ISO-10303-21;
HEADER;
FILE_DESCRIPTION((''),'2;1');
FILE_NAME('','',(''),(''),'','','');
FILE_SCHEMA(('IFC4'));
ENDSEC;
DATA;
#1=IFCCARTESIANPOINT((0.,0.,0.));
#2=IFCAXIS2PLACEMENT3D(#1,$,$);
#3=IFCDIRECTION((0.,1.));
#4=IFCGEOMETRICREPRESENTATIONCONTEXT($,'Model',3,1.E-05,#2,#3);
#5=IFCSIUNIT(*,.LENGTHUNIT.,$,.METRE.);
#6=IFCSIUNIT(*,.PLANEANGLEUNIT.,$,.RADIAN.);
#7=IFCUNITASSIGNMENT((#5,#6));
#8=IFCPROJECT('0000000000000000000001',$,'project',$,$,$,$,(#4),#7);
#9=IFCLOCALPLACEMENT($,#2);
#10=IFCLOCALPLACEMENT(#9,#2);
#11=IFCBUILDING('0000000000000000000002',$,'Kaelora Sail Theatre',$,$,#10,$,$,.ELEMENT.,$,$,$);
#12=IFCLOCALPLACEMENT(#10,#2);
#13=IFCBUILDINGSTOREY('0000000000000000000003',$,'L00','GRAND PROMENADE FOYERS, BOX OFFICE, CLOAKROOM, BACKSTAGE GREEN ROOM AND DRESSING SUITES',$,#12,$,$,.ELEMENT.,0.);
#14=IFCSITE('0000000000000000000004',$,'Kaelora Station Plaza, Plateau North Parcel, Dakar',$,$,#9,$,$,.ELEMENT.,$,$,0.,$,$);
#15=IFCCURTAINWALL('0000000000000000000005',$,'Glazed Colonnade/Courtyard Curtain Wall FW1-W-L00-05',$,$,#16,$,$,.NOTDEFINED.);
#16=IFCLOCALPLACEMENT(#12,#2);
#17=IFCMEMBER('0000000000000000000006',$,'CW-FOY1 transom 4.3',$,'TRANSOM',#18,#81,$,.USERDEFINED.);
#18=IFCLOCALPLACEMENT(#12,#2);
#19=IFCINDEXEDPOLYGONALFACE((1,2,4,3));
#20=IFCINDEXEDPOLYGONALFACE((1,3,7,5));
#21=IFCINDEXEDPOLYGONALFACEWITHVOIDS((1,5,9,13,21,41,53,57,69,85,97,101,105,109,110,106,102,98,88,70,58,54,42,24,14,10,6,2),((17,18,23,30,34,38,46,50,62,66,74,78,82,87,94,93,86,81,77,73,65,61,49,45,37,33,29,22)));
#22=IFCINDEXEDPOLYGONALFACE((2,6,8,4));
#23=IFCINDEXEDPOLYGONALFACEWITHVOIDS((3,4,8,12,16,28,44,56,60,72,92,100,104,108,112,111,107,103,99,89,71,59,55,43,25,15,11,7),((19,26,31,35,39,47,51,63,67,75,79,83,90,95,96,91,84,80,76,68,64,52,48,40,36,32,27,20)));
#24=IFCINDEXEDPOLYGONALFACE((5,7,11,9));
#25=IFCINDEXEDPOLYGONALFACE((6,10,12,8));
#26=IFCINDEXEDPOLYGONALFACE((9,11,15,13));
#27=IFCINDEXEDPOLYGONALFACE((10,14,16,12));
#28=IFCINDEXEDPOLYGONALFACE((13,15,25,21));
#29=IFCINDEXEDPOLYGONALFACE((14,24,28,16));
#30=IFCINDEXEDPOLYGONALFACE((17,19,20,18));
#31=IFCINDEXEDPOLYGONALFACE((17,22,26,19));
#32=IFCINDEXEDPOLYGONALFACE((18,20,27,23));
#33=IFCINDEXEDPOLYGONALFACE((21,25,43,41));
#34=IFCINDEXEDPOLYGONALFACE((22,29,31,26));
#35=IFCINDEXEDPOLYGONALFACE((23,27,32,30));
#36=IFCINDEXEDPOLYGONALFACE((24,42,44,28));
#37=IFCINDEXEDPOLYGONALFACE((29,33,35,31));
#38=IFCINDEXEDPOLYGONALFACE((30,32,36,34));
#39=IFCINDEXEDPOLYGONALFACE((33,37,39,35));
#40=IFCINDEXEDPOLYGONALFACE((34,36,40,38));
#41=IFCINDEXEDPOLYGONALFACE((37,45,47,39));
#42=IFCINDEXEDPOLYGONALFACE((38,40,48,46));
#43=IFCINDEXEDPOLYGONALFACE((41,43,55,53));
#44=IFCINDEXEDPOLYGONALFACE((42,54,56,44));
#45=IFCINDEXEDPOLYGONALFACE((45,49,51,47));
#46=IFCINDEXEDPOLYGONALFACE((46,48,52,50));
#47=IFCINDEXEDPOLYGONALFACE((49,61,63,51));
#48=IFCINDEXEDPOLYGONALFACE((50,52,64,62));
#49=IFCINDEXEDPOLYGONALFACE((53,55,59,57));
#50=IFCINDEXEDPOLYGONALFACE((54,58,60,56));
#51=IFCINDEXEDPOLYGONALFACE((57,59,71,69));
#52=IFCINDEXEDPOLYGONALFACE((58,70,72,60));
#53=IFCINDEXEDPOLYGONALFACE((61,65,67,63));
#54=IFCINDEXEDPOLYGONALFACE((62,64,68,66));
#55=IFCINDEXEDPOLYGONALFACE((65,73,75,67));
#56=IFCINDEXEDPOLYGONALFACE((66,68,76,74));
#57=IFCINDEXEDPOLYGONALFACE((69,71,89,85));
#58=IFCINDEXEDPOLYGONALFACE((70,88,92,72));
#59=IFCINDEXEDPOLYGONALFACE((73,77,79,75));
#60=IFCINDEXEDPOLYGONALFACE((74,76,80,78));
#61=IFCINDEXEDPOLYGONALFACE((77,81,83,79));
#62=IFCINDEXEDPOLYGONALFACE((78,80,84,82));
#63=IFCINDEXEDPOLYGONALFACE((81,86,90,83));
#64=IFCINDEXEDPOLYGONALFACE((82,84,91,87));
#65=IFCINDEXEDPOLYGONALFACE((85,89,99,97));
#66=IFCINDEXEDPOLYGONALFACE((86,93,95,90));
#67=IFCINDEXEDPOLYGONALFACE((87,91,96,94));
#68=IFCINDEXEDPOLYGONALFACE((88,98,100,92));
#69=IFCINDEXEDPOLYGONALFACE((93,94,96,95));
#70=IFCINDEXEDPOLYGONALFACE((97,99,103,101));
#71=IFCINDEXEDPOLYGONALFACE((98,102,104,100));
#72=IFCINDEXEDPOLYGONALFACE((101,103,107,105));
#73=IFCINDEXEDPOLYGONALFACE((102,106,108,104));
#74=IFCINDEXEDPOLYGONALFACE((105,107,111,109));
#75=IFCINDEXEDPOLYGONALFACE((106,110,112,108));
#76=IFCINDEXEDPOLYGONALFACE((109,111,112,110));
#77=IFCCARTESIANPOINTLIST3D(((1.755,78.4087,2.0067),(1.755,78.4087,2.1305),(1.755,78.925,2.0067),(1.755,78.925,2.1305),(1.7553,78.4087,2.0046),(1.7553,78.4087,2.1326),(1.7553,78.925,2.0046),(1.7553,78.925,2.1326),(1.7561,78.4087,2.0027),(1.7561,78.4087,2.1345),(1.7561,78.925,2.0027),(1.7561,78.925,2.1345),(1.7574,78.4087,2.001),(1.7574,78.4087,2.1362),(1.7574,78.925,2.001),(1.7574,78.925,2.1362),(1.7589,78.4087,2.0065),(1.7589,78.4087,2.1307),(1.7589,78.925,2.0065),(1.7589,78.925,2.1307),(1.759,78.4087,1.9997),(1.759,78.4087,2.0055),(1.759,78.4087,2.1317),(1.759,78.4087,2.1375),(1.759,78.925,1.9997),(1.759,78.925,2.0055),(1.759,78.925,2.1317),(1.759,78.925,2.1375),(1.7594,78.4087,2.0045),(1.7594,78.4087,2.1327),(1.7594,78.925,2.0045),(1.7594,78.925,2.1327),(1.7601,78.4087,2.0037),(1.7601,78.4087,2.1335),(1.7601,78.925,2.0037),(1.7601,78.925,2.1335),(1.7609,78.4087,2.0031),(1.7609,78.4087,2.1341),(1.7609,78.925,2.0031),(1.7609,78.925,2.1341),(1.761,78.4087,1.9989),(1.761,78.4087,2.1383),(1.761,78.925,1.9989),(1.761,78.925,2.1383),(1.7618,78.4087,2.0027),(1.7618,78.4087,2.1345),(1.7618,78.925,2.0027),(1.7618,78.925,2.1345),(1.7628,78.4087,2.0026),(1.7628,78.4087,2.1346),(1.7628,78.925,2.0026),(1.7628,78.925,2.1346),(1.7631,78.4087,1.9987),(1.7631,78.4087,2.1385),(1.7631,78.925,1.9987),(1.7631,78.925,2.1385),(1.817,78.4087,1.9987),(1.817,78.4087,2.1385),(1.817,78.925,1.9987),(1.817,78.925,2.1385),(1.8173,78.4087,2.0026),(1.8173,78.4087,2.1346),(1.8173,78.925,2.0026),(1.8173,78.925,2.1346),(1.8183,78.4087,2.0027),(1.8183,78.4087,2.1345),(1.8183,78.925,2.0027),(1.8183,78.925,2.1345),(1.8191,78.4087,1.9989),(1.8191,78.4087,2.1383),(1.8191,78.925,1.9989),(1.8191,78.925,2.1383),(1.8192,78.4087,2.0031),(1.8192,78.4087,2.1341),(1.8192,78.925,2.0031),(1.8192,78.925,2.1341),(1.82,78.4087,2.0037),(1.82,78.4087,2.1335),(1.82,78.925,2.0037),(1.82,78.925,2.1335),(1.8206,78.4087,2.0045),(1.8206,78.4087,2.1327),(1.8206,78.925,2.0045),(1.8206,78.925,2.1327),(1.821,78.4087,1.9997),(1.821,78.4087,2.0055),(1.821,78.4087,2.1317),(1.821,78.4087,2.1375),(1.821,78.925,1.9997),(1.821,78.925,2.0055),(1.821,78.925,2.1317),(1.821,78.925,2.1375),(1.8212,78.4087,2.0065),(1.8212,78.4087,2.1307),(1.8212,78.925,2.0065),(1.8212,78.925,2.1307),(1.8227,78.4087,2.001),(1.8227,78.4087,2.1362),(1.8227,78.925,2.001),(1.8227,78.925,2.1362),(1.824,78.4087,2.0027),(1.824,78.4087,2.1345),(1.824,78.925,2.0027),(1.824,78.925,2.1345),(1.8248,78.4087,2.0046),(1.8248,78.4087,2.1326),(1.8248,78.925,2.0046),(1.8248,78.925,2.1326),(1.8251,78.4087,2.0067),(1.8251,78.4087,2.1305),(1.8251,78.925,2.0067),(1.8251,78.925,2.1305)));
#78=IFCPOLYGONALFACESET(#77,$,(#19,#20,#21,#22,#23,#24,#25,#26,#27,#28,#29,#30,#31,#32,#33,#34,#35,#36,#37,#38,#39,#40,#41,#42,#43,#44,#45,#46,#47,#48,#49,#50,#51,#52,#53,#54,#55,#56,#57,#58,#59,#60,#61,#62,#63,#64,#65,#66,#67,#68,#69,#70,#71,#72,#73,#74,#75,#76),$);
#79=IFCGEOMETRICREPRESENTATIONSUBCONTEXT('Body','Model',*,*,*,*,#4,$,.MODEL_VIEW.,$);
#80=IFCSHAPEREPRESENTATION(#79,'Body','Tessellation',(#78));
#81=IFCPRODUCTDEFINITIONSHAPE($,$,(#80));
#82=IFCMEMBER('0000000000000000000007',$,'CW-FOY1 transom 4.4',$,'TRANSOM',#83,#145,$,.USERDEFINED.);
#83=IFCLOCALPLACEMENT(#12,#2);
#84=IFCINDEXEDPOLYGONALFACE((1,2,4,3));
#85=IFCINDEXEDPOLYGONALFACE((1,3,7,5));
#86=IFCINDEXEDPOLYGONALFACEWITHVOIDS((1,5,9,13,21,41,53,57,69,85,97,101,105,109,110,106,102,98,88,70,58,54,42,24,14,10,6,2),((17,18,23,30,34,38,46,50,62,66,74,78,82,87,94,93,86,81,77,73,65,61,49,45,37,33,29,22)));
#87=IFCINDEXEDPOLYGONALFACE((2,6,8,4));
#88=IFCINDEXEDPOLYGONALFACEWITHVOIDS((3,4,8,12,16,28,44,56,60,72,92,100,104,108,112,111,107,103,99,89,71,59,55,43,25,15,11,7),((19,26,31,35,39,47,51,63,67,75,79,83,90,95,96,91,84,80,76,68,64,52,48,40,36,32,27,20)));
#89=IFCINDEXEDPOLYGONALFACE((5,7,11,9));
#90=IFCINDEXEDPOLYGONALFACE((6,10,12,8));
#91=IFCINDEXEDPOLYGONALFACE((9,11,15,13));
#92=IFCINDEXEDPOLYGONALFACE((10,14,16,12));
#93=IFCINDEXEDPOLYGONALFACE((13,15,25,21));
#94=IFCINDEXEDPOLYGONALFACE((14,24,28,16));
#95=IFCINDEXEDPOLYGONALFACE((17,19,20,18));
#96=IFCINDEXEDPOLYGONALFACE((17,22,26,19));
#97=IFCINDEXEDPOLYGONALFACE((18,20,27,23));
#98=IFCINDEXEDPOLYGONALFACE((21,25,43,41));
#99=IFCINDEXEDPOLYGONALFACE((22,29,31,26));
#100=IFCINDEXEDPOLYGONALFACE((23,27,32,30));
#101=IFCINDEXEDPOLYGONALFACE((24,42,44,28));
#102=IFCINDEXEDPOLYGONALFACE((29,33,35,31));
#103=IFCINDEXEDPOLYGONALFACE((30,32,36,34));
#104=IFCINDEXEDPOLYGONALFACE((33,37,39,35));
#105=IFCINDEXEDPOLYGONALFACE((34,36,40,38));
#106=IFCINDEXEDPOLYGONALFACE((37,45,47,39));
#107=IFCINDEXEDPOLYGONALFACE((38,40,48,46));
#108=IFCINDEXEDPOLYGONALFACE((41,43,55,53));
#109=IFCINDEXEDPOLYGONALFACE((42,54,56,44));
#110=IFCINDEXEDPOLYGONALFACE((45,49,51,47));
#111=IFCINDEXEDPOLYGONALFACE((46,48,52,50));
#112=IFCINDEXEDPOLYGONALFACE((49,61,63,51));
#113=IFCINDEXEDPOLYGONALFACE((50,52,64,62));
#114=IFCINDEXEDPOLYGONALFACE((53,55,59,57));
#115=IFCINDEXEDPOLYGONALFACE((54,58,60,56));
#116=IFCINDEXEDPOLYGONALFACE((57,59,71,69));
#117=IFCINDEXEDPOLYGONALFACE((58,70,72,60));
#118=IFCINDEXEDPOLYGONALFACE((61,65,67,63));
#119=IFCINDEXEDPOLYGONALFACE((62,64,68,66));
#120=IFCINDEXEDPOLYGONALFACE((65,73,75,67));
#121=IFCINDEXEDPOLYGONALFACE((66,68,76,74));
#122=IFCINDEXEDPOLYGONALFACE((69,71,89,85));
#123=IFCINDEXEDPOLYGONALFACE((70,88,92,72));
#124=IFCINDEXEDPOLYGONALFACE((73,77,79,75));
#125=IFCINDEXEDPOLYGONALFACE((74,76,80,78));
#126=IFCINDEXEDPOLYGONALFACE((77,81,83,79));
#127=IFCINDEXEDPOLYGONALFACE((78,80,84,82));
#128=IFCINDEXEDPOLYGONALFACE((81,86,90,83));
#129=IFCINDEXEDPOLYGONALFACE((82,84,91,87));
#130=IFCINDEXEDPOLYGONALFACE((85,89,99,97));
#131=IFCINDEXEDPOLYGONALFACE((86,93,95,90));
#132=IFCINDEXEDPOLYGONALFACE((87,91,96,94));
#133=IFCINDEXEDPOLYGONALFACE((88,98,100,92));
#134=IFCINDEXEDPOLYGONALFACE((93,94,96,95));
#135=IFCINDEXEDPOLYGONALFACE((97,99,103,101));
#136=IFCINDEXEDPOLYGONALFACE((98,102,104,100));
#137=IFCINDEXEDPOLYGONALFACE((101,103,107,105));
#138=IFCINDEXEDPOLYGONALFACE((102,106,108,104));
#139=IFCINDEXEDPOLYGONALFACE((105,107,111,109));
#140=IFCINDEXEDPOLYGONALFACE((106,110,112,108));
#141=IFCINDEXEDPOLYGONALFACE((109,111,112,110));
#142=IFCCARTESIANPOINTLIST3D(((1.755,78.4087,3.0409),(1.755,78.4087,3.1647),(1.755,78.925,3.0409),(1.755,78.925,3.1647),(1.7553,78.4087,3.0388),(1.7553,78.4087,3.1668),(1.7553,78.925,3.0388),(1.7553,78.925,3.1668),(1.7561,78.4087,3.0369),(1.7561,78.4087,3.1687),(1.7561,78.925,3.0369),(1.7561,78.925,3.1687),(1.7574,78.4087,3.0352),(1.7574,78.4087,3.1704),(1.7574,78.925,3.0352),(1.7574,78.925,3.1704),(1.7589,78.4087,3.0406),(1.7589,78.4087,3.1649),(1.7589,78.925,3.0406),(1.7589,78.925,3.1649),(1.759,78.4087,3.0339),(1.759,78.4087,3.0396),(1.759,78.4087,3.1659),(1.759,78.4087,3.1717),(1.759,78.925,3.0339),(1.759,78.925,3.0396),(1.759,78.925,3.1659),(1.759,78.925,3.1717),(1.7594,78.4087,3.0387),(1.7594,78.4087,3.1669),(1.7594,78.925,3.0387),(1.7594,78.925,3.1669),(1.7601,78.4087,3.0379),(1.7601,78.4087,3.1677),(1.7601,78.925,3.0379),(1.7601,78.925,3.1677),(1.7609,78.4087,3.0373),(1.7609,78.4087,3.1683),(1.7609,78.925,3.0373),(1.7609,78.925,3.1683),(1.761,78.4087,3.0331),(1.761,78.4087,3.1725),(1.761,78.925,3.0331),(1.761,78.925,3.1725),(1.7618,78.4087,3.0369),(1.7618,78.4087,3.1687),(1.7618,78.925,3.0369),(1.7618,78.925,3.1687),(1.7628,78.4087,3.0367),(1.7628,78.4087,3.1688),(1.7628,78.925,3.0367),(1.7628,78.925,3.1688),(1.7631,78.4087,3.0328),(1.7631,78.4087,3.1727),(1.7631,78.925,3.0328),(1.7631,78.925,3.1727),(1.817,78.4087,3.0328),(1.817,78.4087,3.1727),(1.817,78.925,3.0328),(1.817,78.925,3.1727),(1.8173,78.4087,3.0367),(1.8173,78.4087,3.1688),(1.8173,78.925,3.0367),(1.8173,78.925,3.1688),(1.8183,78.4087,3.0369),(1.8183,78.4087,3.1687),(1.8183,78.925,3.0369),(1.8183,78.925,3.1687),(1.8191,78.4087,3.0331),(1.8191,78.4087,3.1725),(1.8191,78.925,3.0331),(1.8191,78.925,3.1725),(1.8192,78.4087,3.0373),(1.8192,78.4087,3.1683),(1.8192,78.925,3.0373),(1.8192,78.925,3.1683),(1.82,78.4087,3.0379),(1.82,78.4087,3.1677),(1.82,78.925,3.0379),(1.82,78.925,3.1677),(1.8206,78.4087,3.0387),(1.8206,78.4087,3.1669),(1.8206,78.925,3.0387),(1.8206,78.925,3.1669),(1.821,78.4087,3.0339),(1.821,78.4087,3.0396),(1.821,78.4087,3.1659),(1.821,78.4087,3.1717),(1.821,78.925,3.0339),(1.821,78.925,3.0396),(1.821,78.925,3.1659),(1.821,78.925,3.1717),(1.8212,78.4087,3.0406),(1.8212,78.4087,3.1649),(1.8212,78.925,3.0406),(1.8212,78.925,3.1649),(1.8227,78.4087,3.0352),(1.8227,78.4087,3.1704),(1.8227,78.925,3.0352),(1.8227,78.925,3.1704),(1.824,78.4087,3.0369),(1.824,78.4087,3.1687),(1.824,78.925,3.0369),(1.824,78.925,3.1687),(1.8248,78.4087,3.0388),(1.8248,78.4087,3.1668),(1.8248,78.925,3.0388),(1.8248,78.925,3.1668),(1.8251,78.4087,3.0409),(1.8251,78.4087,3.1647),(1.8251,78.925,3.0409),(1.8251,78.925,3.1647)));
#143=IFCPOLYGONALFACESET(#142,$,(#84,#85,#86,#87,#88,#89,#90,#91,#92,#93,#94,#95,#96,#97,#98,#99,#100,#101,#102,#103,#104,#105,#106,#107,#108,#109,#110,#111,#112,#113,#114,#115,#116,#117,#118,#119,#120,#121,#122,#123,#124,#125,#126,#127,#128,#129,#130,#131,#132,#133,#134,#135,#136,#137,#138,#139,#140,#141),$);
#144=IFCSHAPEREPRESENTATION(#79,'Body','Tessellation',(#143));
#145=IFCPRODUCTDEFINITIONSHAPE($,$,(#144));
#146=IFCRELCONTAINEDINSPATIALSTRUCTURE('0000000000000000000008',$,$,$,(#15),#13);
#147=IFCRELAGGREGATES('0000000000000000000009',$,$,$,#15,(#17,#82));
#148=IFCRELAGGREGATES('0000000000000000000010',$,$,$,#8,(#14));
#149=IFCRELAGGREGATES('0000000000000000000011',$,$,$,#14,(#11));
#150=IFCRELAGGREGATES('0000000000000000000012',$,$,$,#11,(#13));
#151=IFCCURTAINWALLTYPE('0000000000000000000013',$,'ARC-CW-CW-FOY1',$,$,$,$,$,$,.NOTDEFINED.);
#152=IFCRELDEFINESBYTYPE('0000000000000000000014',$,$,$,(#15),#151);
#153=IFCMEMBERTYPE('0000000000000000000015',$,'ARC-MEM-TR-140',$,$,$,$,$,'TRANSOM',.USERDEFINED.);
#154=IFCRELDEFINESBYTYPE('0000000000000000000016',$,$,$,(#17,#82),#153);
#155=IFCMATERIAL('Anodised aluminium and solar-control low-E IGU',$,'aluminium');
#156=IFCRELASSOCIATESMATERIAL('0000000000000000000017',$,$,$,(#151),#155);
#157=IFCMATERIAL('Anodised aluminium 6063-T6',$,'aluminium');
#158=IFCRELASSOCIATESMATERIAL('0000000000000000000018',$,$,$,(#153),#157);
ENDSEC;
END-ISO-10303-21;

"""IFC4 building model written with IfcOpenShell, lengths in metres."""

from ifc_helpers import new_model, si_unit, direction, frame, origin, origin_2d, place, context, subcontext, project, spatial, hollow_rectangle, extrude, material, material_profile, profile_set, type_object, element, aggregate, save


model = new_model("IFC4")

# Units and contexts
model_context = context("Model", 3, precision=1e-05, world=origin(), true_north=direction((0.0, 1.0)))
body_context = subcontext(model_context, "Body", "Model", "MODEL_VIEW")
ifc_project = project(units=[si_unit("LENGTHUNIT", "METRE"), si_unit("PLANEANGLEUNIT", "RADIAN")], contexts=[model_context])

# Site, building, storey
site_placement = place(None, origin())
site = spatial("IfcSite", under=ifc_project, at=site_placement, Name="Kaelora Station Plaza, Plateau North Parcel, Dakar", CompositionType="ELEMENT", RefElevation=0.0)
building_placement = place(site_placement, origin())
building = spatial("IfcBuilding", under=site, at=building_placement, Name="Kaelora Sail Theatre", CompositionType="ELEMENT")
storey_placement = place(building_placement, origin())
storey = spatial("IfcBuildingStorey", under=building, at=storey_placement, Name="L00", Description="GRAND PROMENADE FOYERS, BOX OFFICE, CLOAKROOM, BACKSTAGE GREEN ROOM AND DRESSING SUITES", CompositionType="ELEMENT", Elevation=0.0)

# Curtain wall
ifc_material_1 = material(Name="Anodised aluminium and solar-control low-E IGU", Category="aluminium")
curtain_wall_type = type_object("IfcCurtainWallType", Name="ARC-CW-CW-FOY1", PredefinedType="NOTDEFINED", material=ifc_material_1)
curtain_wall_1_placement = place(storey_placement, origin())
curtain_wall_1 = element("IfcCurtainWall", 1, at=curtain_wall_1_placement, inside=storey, type_object=curtain_wall_type, Name="Glazed Colonnade/Courtyard Curtain Wall FW1-W-L00-05", PredefinedType="NOTDEFINED")

# Members
ifc_material_2 = material(Name="Anodised aluminium 6063-T6", Category="aluminium")
ifc_material_profile_1 = material_profile(ifc_material_2, hollow_rectangle(XDim=0.0701, YDim=0.1399, WallThickness=0.0039, InnerFilletRadius=0.0039, OuterFilletRadius=0.0081, at=origin_2d()), Name="ALU-TRAN 70x140x4")
ifc_profile_set_1 = profile_set([ifc_material_profile_1], Name="Anodised aluminium 6063-T6")
member_type_1 = type_object("IfcMemberType", Name="ARC-MEM-TR-140", ElementType="TRANSOM", PredefinedType="USERDEFINED", material=ifc_profile_set_1)
member_1_placement = place(storey_placement, frame((1.79, 78.4087, 2.0686), z_axis=(0.0, 1.0, 0.0), x_axis=(-1.0, 0.0, 0.0)))
member_1 = element("IfcMember", 2, at=member_1_placement, type_object=member_type_1, Name="CW-FOY1 transom 4.3", ObjectType="TRANSOM", PredefinedType="USERDEFINED", context=body_context, shape_type="SweptSolid", body=[
    extrude(hollow_rectangle(XDim=0.0701, YDim=0.1399, WallThickness=0.0039, InnerFilletRadius=0.0039, OuterFilletRadius=0.0081, at=origin_2d()), origin(), (0.0, 0.0, 1.0), 0.5164),
])
member_2_placement = place(storey_placement, frame((1.79, 78.4087, 3.1028), z_axis=(0.0, 1.0, 0.0), x_axis=(-1.0, 0.0, 0.0)))
member_2 = element("IfcMember", 3, at=member_2_placement, type_object=member_type_1, Name="CW-FOY1 transom 4.4", ObjectType="TRANSOM", PredefinedType="USERDEFINED", context=body_context, shape_type="SweptSolid", body=[
    extrude(hollow_rectangle(XDim=0.0701, YDim=0.1399, WallThickness=0.0039, InnerFilletRadius=0.0039, OuterFilletRadius=0.0081, at=origin_2d()), origin(), (0.0, 0.0, 1.0), 0.5164),
])

aggregate(curtain_wall_1, [member_1, member_2])

save(model, "model.ifc")
